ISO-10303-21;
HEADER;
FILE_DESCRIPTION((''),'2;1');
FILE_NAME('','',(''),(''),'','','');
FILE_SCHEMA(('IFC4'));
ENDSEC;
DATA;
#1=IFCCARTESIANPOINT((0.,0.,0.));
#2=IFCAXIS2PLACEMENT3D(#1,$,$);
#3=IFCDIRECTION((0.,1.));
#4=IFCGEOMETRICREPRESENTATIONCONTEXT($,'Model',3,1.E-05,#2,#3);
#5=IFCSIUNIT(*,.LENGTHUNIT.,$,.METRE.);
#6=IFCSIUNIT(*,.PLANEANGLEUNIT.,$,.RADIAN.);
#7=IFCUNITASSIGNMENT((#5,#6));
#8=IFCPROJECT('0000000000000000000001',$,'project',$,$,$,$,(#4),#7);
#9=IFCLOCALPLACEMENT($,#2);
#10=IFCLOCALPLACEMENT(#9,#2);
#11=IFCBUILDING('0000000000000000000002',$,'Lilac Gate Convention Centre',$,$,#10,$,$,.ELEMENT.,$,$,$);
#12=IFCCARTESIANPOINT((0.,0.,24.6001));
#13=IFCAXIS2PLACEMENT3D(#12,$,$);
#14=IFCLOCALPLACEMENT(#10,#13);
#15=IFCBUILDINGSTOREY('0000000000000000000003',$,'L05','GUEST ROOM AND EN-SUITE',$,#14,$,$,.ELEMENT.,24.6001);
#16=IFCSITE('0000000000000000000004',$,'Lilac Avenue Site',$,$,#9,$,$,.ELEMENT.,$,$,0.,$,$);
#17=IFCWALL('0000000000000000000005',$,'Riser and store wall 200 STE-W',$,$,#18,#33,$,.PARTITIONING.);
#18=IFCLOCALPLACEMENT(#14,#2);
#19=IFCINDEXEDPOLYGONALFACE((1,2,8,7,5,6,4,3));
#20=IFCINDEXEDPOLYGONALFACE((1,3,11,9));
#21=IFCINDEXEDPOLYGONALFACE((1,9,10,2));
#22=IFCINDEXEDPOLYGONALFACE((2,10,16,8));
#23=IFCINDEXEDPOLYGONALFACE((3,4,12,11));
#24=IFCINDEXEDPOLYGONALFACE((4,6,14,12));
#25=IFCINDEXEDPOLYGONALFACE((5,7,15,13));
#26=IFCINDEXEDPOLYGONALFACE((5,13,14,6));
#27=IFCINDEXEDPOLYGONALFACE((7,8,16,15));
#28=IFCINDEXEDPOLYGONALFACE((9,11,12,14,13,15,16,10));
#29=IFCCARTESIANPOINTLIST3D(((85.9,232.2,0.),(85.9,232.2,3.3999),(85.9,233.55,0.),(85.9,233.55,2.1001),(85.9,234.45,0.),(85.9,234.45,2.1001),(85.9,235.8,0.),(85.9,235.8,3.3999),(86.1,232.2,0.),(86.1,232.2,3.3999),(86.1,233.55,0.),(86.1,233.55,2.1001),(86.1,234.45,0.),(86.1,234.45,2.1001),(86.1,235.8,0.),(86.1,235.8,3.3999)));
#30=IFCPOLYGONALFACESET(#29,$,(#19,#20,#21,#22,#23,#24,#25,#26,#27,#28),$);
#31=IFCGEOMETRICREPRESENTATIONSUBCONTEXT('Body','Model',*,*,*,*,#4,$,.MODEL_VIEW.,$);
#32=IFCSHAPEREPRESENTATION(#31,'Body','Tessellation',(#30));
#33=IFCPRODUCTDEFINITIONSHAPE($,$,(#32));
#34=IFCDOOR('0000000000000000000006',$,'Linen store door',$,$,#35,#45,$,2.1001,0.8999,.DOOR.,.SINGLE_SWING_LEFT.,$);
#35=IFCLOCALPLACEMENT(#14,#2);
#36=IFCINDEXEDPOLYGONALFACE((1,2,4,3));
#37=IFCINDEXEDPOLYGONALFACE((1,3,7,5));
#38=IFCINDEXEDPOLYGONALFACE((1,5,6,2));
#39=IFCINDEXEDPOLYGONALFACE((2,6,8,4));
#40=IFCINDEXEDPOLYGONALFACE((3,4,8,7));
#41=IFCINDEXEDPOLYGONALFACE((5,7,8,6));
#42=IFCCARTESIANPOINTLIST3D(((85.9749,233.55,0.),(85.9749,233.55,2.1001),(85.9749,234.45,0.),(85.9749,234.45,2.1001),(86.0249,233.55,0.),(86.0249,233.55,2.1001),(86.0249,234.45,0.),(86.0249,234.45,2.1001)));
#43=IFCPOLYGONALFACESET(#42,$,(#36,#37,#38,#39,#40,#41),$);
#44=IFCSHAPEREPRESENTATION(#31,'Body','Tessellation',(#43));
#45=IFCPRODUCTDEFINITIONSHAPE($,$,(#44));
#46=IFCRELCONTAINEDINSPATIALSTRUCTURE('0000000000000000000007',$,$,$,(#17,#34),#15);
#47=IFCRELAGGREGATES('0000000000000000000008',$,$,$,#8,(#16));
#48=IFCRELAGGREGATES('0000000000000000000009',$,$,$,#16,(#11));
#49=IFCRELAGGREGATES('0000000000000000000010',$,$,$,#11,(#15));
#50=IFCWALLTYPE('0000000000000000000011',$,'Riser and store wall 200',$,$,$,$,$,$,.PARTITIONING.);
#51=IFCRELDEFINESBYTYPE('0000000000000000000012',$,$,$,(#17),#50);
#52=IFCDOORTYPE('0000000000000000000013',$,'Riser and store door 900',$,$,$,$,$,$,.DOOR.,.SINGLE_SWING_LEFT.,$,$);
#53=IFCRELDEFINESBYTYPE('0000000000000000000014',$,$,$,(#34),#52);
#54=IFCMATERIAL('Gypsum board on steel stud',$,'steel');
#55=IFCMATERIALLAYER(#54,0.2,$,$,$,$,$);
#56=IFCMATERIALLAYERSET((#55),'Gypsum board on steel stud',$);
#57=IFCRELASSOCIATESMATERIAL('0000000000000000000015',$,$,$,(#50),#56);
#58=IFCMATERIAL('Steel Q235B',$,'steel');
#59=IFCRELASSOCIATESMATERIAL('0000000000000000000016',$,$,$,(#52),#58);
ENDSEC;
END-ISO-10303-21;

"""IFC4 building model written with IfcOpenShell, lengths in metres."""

from ifc_helpers import new_model, si_unit, direction, frame, frame_2d, origin, place, context, subcontext, project, spatial, rectangle, extrude, material, layer, layer_set, type_object, element, fill, save


model = new_model("IFC4")

# Units and contexts
model_context = context("Model", 3, precision=1e-05, world=origin(), true_north=direction((0.0, 1.0)))
body_context = subcontext(model_context, "Body", "Model", "MODEL_VIEW")
ifc_project = project(units=[si_unit("LENGTHUNIT", "METRE"), si_unit("PLANEANGLEUNIT", "RADIAN")], contexts=[model_context])

# Site, building, storey
site_placement = place(None, origin())
site = spatial("IfcSite", under=ifc_project, at=site_placement, Name="Lilac Avenue Site", CompositionType="ELEMENT", RefElevation=0.0)
building_placement = place(site_placement, origin())
building = spatial("IfcBuilding", under=site, at=building_placement, Name="Lilac Gate Convention Centre", CompositionType="ELEMENT")
storey_placement = place(building_placement, frame((0.0, 0.0, 24.6001)))
storey = spatial("IfcBuildingStorey", under=building, at=storey_placement, Name="L05", Description="GUEST ROOM AND EN-SUITE", CompositionType="ELEMENT", Elevation=24.6001)

# Shared definitions
ifc_material_1 = material(Name="Gypsum board on steel stud", Category="steel")

# Shared definitions
ifc_layer_1 = layer(ifc_material_1, 0.2)
ifc_layer_set_1 = layer_set([ifc_layer_1], Name="Gypsum board on steel stud")
wall_type_1 = type_object("IfcWallType", Name="Riser and store wall 200", PredefinedType="PARTITIONING", material=ifc_layer_set_1)

# Wall, opening, door
wall_1_placement = place(storey_placement, frame((86.0, 235.8, 0.0), z_axis=(0.0, 0.0, 1.0), x_axis=(0.0, -1.0, 0.0)))
wall_1 = element("IfcWall", 1, at=wall_1_placement, inside=storey, type_object=wall_type_1, Name="Riser and store wall 200 STE-W", PredefinedType="PARTITIONING", context=body_context, shape_type="SweptSolid", body=[
    extrude(rectangle(XDim=3.6001, YDim=0.2, at=frame_2d((1.8, 0.0))), origin(), (0.0, 0.0, 1.0), 3.3999),
])
opening_1_placement = place(wall_1_placement, frame((1.3501, 0.0, 0.0)))
opening_1 = element("IfcOpeningElement", 2, at=opening_1_placement, cuts=wall_1, PredefinedType="OPENING", context=body_context, shape_type="SweptSolid", body=[
    extrude(rectangle(XDim=0.8999, YDim=2.1001, at=frame_2d((0.45, 1.05))), frame((0.0, 0.1099, 0.0), z_axis=(0.0, -1.0, 0.0), x_axis=(1.0, 0.0, 0.0)), (0.0, 0.0, 1.0), 0.22),
])
ifc_material_2 = material(Name="Steel Q235B", Category="steel")
door_type_1 = type_object("IfcDoorType", Name="Riser and store door 900", OperationType="SINGLE_SWING_LEFT", PredefinedType="DOOR", material=ifc_material_2)
door_1_placement = place(opening_1_placement, origin())
door_1 = element("IfcDoor", 3, at=door_1_placement, inside=storey, type_object=door_type_1, Name="Linen store door", OperationType="SINGLE_SWING_LEFT", OverallHeight=2.1001, OverallWidth=0.8999, PredefinedType="DOOR", context=body_context, shape_type="SweptSolid", body=[
    extrude(rectangle(XDim=0.8999, YDim=2.1001, at=frame_2d((0.45, 1.05))), frame((0.0, 0.0249, 0.0), z_axis=(0.0, -1.0, 0.0), x_axis=(1.0, 0.0, 0.0)), (0.0, 0.0, 1.0), 0.05),
])
fill(opening_1, door_1)

save(model, "model.ifc")
